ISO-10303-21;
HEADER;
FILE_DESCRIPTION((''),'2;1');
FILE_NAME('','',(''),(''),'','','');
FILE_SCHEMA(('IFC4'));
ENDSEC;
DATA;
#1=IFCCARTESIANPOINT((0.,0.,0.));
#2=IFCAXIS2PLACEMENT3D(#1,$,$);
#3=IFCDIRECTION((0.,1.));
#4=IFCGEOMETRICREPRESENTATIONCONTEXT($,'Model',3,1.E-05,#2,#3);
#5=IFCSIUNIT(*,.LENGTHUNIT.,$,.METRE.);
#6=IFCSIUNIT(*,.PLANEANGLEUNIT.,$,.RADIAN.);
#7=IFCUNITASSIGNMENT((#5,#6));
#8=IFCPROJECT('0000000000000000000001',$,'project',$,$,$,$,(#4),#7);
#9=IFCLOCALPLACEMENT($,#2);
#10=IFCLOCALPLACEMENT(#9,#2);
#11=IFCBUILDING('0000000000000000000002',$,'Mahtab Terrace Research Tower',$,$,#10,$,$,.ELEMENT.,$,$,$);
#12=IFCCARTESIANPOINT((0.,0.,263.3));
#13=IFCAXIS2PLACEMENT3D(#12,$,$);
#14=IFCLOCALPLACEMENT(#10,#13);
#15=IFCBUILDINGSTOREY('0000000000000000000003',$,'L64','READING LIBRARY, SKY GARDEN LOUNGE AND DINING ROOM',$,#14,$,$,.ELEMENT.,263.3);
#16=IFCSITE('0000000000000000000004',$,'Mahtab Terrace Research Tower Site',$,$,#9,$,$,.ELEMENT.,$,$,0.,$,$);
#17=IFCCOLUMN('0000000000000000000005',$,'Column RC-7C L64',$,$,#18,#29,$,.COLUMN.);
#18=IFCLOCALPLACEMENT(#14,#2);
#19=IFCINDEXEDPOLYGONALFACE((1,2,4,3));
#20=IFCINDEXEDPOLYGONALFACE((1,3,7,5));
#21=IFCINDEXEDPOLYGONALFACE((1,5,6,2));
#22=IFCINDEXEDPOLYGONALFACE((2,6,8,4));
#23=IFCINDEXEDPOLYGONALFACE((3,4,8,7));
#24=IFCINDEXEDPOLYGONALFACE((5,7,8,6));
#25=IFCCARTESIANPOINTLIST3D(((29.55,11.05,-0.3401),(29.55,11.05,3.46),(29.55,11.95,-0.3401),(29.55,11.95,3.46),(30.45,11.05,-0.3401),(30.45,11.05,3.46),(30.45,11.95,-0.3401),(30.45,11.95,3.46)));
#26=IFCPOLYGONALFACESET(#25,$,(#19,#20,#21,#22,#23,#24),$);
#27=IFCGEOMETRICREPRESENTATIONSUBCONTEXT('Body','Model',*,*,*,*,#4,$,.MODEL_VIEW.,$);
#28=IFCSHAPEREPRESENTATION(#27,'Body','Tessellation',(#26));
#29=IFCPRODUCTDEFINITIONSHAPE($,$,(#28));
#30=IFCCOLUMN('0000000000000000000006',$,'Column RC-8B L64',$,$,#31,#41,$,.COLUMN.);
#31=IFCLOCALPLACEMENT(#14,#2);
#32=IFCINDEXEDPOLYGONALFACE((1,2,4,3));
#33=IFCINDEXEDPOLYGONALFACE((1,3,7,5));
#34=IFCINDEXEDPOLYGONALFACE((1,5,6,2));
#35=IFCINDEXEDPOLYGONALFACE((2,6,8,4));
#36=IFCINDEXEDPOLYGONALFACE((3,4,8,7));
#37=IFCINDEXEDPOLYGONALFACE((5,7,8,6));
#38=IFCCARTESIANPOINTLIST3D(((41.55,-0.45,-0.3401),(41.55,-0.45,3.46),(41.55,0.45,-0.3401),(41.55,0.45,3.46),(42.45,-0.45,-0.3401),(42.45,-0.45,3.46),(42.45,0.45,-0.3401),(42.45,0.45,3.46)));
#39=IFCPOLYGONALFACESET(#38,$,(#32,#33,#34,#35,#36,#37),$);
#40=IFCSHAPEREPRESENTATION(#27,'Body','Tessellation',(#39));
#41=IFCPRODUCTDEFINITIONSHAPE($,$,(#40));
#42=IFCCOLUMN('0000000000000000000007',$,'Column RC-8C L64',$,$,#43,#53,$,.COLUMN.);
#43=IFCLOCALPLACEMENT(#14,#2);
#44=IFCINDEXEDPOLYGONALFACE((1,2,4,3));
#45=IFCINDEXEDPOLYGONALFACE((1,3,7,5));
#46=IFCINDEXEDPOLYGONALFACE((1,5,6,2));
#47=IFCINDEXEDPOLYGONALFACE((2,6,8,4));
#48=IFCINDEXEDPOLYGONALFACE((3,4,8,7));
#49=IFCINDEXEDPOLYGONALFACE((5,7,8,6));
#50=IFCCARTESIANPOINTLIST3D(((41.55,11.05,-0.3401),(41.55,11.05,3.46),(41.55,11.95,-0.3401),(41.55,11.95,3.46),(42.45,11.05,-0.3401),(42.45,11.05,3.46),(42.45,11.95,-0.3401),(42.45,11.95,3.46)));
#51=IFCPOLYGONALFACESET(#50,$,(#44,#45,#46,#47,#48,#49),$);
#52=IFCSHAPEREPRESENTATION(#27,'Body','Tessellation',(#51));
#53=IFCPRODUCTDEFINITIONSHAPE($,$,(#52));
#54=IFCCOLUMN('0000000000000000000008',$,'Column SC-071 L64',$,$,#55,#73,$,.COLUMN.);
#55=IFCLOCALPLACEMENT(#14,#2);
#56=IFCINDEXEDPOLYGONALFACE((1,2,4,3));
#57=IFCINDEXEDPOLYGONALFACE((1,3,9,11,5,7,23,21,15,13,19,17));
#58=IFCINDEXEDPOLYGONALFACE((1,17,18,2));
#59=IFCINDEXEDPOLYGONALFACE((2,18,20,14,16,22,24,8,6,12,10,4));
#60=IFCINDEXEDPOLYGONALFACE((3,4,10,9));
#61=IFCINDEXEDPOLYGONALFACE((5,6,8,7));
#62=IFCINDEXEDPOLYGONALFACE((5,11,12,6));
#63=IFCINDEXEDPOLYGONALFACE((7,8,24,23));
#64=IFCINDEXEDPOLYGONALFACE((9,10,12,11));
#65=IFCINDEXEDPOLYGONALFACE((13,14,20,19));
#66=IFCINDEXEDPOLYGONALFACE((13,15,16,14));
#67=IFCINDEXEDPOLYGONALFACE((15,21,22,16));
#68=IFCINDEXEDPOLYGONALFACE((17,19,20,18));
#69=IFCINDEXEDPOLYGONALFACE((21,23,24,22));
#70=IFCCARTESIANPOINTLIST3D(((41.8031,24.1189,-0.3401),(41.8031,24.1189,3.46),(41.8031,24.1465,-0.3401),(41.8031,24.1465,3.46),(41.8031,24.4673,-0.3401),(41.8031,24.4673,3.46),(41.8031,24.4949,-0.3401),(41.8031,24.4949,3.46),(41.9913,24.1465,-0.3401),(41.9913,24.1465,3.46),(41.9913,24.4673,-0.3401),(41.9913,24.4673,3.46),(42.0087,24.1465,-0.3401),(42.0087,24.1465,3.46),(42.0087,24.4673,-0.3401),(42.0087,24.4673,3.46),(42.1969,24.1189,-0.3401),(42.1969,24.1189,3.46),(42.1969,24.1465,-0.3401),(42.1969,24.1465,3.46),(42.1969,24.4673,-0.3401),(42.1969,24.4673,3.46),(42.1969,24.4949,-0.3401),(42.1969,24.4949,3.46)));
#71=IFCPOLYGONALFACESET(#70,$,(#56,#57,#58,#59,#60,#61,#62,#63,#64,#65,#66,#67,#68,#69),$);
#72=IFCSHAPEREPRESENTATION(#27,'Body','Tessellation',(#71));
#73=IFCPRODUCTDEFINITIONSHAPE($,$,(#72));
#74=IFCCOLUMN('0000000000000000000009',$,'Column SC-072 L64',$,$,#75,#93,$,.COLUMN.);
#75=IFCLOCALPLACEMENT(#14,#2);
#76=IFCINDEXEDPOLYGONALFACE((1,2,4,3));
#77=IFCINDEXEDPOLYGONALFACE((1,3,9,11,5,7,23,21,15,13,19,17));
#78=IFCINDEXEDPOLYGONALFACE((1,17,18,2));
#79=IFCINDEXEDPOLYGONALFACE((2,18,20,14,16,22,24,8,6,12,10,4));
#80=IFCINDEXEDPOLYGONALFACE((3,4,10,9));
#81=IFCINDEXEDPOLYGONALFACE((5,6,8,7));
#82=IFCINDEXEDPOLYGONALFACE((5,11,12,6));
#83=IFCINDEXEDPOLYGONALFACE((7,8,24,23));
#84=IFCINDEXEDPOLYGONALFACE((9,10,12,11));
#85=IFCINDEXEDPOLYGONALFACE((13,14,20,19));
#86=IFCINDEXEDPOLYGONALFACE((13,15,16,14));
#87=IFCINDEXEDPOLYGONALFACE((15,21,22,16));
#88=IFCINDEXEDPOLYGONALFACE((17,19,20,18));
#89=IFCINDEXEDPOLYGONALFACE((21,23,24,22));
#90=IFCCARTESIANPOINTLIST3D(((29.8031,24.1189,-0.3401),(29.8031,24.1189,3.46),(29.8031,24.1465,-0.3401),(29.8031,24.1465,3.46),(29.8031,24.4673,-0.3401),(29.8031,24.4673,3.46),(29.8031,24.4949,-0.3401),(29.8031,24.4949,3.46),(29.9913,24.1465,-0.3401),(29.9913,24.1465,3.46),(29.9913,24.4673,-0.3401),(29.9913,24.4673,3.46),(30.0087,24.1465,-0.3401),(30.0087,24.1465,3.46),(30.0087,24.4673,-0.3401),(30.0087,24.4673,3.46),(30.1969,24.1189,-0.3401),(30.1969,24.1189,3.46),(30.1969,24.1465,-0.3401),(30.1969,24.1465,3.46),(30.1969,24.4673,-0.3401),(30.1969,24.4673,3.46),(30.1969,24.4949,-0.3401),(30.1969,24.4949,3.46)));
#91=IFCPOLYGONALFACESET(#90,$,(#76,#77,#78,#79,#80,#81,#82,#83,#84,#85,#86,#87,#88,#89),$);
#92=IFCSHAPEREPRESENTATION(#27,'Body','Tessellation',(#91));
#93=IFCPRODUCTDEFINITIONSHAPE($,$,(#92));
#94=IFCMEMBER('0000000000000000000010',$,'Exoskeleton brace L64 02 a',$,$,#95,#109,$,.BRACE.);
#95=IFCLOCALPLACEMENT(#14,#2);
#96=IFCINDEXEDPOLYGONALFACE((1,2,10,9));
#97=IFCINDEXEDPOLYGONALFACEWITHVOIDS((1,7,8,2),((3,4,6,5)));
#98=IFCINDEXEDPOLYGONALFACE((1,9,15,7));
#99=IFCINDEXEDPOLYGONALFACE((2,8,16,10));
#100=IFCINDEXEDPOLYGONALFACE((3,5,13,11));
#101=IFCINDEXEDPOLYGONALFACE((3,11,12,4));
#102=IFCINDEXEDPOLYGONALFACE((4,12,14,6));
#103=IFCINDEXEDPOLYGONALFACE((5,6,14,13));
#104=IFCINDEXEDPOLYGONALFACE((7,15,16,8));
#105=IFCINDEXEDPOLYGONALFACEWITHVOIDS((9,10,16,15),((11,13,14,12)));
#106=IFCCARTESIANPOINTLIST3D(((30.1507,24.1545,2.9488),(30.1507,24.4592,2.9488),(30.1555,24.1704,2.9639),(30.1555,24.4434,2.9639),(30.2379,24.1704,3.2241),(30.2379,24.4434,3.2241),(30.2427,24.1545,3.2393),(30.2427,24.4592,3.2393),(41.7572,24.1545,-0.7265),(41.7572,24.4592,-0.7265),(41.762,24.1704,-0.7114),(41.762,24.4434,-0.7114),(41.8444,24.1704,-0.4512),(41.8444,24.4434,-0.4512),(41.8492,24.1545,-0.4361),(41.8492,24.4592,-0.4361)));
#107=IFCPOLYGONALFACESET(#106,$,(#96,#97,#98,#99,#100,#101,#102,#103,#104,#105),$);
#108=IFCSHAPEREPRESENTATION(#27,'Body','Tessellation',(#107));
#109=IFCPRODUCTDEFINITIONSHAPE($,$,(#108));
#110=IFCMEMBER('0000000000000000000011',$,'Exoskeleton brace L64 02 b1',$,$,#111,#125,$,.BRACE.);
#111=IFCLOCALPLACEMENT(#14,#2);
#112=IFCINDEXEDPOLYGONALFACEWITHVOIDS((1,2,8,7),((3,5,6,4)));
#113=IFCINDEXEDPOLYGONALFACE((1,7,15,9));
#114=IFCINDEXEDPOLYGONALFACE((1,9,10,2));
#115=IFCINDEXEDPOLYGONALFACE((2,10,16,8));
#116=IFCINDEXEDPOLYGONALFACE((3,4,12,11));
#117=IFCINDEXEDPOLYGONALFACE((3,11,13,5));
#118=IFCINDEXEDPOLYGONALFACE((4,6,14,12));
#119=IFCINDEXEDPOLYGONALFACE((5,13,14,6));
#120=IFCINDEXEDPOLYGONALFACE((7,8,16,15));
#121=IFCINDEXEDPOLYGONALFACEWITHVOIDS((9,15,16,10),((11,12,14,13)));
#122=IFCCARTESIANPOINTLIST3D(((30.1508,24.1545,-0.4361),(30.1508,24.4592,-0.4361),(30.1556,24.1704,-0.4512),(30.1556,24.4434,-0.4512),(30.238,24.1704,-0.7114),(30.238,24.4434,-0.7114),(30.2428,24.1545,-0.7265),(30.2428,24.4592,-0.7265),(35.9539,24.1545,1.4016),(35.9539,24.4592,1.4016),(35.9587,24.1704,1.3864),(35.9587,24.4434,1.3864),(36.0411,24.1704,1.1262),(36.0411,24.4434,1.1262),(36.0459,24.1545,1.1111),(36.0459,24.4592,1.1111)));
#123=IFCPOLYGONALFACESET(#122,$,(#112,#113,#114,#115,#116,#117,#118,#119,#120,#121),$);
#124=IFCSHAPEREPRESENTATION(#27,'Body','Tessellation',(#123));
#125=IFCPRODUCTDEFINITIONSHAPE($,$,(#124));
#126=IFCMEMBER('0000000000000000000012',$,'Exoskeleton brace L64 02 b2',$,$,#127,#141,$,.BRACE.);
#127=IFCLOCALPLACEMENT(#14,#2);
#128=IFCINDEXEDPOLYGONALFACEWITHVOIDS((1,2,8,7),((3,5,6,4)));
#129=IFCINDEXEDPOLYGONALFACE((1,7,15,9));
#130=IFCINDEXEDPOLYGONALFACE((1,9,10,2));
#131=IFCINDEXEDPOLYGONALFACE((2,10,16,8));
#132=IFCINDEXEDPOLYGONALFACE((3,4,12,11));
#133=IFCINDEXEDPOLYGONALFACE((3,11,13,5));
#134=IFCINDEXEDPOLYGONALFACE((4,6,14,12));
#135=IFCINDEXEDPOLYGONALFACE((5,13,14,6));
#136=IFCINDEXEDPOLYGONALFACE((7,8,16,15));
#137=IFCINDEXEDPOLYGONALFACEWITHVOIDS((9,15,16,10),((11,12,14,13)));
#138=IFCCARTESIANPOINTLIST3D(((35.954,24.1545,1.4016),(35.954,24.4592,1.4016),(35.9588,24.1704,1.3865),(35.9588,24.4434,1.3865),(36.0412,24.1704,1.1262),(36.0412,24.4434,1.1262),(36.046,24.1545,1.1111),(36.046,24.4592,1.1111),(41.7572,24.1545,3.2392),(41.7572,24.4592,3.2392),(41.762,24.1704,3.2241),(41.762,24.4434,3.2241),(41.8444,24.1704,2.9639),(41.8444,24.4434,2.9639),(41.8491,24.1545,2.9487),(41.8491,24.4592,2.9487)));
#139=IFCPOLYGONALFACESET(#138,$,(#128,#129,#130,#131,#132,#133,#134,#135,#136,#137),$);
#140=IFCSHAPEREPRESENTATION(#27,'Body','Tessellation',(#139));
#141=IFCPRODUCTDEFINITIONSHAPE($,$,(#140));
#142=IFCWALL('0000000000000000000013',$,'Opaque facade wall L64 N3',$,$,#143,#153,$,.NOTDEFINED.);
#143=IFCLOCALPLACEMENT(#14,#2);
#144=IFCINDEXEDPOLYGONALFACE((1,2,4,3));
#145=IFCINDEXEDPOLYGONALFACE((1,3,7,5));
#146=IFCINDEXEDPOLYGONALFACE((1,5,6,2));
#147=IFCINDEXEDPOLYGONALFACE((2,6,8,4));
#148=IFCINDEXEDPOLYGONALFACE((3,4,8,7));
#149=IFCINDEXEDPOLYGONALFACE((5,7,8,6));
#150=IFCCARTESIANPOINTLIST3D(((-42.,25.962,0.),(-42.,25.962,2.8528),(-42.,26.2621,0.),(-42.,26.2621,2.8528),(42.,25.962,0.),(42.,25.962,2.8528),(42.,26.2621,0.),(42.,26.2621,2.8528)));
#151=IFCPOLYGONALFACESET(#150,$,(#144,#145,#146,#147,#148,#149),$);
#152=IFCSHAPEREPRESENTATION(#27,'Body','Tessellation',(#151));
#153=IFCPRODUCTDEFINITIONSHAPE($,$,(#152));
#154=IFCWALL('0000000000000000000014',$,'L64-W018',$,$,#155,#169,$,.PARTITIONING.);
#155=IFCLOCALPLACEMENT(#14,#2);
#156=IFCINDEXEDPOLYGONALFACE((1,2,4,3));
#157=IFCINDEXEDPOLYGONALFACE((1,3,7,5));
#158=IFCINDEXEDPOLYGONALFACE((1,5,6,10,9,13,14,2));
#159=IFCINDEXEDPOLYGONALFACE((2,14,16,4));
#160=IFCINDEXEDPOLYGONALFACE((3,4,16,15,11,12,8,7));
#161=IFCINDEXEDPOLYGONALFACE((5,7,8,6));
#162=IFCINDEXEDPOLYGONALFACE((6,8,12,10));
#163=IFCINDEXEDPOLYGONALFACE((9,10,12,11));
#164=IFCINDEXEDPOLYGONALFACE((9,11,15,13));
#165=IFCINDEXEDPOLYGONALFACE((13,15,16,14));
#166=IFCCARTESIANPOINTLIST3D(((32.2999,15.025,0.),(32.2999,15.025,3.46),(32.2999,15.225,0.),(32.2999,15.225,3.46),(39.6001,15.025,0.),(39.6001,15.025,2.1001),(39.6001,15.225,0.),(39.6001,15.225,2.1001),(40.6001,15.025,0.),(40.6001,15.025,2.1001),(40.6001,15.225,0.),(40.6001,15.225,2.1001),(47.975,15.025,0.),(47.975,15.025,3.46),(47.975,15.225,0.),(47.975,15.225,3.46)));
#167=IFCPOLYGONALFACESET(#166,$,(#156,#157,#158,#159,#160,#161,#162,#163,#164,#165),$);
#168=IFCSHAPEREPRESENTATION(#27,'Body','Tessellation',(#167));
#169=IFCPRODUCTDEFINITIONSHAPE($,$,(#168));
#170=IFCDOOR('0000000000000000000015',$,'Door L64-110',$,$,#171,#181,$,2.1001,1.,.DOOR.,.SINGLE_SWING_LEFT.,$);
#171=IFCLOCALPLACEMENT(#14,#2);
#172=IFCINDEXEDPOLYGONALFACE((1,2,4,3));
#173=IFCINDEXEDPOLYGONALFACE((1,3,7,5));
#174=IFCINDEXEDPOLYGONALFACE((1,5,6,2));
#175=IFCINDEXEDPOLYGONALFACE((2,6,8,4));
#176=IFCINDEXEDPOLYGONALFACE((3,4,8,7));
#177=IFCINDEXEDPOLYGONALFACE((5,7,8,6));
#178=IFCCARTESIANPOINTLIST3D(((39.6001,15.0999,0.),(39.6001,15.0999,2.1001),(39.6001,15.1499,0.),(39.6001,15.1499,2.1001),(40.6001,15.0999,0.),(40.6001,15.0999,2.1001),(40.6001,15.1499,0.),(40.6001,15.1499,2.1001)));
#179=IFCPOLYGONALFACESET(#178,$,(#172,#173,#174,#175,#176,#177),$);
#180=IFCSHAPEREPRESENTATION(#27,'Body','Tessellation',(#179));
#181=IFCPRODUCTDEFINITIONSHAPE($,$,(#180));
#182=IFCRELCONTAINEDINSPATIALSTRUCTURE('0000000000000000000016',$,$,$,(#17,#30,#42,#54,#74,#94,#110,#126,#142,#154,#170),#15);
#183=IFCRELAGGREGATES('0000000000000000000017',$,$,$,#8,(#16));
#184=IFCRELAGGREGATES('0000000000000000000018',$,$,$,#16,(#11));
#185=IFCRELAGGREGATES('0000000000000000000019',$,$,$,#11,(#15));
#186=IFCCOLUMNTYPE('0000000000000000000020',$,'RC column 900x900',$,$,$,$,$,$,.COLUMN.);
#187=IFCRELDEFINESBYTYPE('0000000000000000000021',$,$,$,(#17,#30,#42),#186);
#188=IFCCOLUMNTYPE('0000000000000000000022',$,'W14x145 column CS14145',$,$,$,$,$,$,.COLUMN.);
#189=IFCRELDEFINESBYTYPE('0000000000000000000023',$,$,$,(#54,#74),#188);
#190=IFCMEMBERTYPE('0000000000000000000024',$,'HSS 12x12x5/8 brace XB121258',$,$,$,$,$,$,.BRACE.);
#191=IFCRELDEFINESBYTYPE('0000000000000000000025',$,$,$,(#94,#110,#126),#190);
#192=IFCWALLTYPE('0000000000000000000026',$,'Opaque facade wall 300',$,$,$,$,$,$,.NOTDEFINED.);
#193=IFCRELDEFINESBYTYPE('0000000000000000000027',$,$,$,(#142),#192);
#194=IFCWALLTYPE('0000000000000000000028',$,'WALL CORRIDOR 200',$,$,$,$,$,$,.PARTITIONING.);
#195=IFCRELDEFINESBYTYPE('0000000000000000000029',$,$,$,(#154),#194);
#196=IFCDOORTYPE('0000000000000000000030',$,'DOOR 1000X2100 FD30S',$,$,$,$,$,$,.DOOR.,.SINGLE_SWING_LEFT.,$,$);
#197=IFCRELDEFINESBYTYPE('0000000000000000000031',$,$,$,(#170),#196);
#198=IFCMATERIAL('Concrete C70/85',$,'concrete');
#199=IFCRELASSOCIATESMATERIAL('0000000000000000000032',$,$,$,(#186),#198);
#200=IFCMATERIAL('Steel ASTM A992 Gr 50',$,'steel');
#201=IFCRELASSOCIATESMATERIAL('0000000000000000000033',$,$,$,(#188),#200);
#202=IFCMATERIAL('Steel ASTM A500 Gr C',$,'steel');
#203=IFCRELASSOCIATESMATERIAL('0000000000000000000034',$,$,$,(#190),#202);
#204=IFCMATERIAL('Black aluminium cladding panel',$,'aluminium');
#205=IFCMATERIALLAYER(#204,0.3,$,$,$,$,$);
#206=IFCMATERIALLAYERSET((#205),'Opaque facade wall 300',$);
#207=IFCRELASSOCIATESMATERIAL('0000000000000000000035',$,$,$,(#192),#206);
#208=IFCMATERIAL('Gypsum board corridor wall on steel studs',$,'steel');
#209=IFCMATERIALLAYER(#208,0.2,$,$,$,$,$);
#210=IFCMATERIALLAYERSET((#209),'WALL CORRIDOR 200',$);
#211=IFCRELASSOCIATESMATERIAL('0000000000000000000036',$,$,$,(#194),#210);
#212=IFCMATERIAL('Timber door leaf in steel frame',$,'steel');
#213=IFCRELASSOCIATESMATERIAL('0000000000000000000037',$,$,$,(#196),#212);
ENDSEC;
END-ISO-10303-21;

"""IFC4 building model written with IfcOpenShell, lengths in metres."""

from ifc_helpers import new_model, si_unit, direction, frame, frame_2d, origin, origin_2d, place, context, subcontext, project, spatial, rectangle, hollow_rectangle, i_section, extrude, material, layer, layer_set, material_profile, profile_set, type_object, element, fill, save


model = new_model("IFC4")

# Units and contexts
model_context = context("Model", 3, precision=1e-05, world=origin(), true_north=direction((0.0, 1.0)))
body_context = subcontext(model_context, "Body", "Model", "MODEL_VIEW")
ifc_project = project(units=[si_unit("LENGTHUNIT", "METRE"), si_unit("PLANEANGLEUNIT", "RADIAN")], contexts=[model_context])

# Site, building, storey
site_placement = place(None, origin())
site = spatial("IfcSite", under=ifc_project, at=site_placement, Name="Mahtab Terrace Research Tower Site", CompositionType="ELEMENT", RefElevation=0.0)
building_placement = place(site_placement, origin())
building = spatial("IfcBuilding", under=site, at=building_placement, Name="Mahtab Terrace Research Tower", CompositionType="ELEMENT")
storey_placement = place(building_placement, frame((0.0, 0.0, 263.3)))
storey = spatial("IfcBuildingStorey", under=building, at=storey_placement, Name="L64", Description="READING LIBRARY, SKY GARDEN LOUNGE AND DINING ROOM", CompositionType="ELEMENT", Elevation=263.3)

# Columns
ifc_material_1 = material(Name="Concrete C70/85", Category="concrete")
ifc_material_profile_1 = material_profile(ifc_material_1, rectangle(XDim=0.8999, YDim=0.8999, at=origin_2d()), Name="RC column 900x900")
ifc_profile_set_1 = profile_set([ifc_material_profile_1], Name="Concrete C70/85")
column_type_1 = type_object("IfcColumnType", Name="RC column 900x900", PredefinedType="COLUMN", material=ifc_profile_set_1)
for number, where, z_axis, x_axis, name in (
    (1, (30.0, 11.5, -0.3401), (0.0, 0.0, 1.0), (1.0, 0.0, 0.0), "Column RC-7C L64"),
    (2, (42.0, 0.0, -0.3401), (0.0, 0.0, 1.0), (1.0, 0.0, 0.0), "Column RC-8B L64"),
    (3, (42.0, 11.5, -0.3401), (0.0, 0.0, 1.0), (1.0, 0.0, 0.0), "Column RC-8C L64"),
):
    element("IfcColumn", number, at=place(storey_placement, frame(where, z_axis=z_axis, x_axis=x_axis)), inside=storey, type_object=column_type_1, Name=name, PredefinedType="COLUMN", context=body_context, shape_type="SweptSolid", body=[
        extrude(rectangle(XDim=0.8999, YDim=0.8999, at=origin_2d()), origin(), (0.0, 0.0, 1.0), 3.8),
    ])
ifc_material_2 = material(Name="Steel ASTM A992 Gr 50", Category="steel")
ifc_material_profile_2 = material_profile(ifc_material_2, i_section(OverallWidth=0.3938, OverallDepth=0.376, WebThickness=0.0173, FlangeThickness=0.0276, at=origin_2d()), Name="W14X145")
ifc_profile_set_2 = profile_set([ifc_material_profile_2], Name="Steel ASTM A992 Gr 50")
column_type_2 = type_object("IfcColumnType", Name="W14x145 column CS14145", PredefinedType="COLUMN", material=ifc_profile_set_2)
for number, where, z_axis, x_axis, name in (
    (4, (42.0, 24.3069, -0.3401), (0.0, 0.0, 1.0), (1.0, 0.0, 0.0), "Column SC-071 L64"),
    (5, (30.0, 24.3069, -0.3401), (0.0, 0.0, 1.0), (1.0, 0.0, 0.0), "Column SC-072 L64"),
):
    element("IfcColumn", number, at=place(storey_placement, frame(where, z_axis=z_axis, x_axis=x_axis)), inside=storey, type_object=column_type_2, Name=name, PredefinedType="COLUMN", context=body_context, shape_type="SweptSolid", body=[
        extrude(i_section(OverallWidth=0.3938, OverallDepth=0.376, WebThickness=0.0173, FlangeThickness=0.0276, at=origin_2d()), origin(), (0.0, 0.0, 1.0), 3.8),
    ])

# Members
ifc_material_3 = material(Name="Steel ASTM A500 Gr C", Category="steel")
ifc_material_profile_3 = material_profile(ifc_material_3, hollow_rectangle(XDim=0.3047, YDim=0.3047, WallThickness=0.0159, at=origin_2d()), Name="HSS12X12X5/8")
ifc_profile_set_3 = profile_set([ifc_material_profile_3], Name="Steel ASTM A500 Gr C")
member_type = type_object("IfcMemberType", Name="HSS 12x12x5/8 brace XB121258", PredefinedType="BRACE", material=ifc_profile_set_3)
member_placement = place(storey_placement, frame((41.8032, 24.3069, -0.5813), z_axis=(-0.953344, 0.0, 0.301886), x_axis=(0.0, -1.0, 0.0)))
element("IfcMember", 6, at=member_placement, inside=storey, type_object=member_type, Name="Exoskeleton brace L64 02 a", PredefinedType="BRACE", context=body_context, shape_type="SweptSolid", body=[
    extrude(hollow_rectangle(XDim=0.3047, YDim=0.3047, WallThickness=0.0159, at=origin_2d()), origin(), (0.0, 0.0, 1.0), 12.1746),
])
for number, where, z_axis, x_axis, name in (
    (7, (30.1968, 24.3069, -0.5813), (0.953344, 0.0, 0.301886), (0.0, 1.0, 0.0), "Exoskeleton brace L64 02 b1"),
    (8, (36.0, 24.3069, 1.2563), (0.953344, 0.0, 0.301886), (0.0, 1.0, 0.0), "Exoskeleton brace L64 02 b2"),
):
    element("IfcMember", number, at=place(storey_placement, frame(where, z_axis=z_axis, x_axis=x_axis)), inside=storey, type_object=member_type, Name=name, PredefinedType="BRACE", context=body_context, shape_type="SweptSolid", body=[
        extrude(hollow_rectangle(XDim=0.3047, YDim=0.3047, WallThickness=0.0159, at=origin_2d()), origin(), (0.0, 0.0, 1.0), 6.0872),
    ])

# Wall
ifc_material_4 = material(Name="Black aluminium cladding panel", Category="aluminium")
ifc_layer_1 = layer(ifc_material_4, 0.3)
ifc_layer_set_1 = layer_set([ifc_layer_1], Name="Opaque facade wall 300")
wall_type_1 = type_object("IfcWallType", Name="Opaque facade wall 300", PredefinedType="NOTDEFINED", material=ifc_layer_set_1)
wall_1_placement = place(storey_placement, frame((42.0, 26.1121, 0.0), z_axis=(0.0, 0.0, 1.0), x_axis=(-1.0, 0.0, 0.0)))
element("IfcWall", 9, at=wall_1_placement, inside=storey, type_object=wall_type_1, Name="Opaque facade wall L64 N3", PredefinedType="NOTDEFINED", context=body_context, shape_type="SweptSolid", body=[
    extrude(rectangle(XDim=84.0, YDim=0.3, at=frame_2d((42.0, 0.0))), origin(), (0.0, 0.0, 1.0), 2.8528),
])

# Wall, opening, door
ifc_material_5 = material(Name="Gypsum board corridor wall on steel studs", Category="steel")
ifc_layer_2 = layer(ifc_material_5, 0.2)
ifc_layer_set_2 = layer_set([ifc_layer_2], Name="WALL CORRIDOR 200")
wall_type_2 = type_object("IfcWallType", Name="WALL CORRIDOR 200", PredefinedType="PARTITIONING", material=ifc_layer_set_2)
wall_2_placement = place(storey_placement, frame((32.3, 15.125, 0.0), z_axis=(0.0, 0.0, 1.0), x_axis=(1.0, 0.0, 0.0)))
wall_2 = element("IfcWall", 10, at=wall_2_placement, inside=storey, type_object=wall_type_2, Name="L64-W018", PredefinedType="PARTITIONING", context=body_context, shape_type="SweptSolid", body=[
    extrude(rectangle(XDim=15.675, YDim=0.2, at=frame_2d((7.8374, 0.0))), origin(), (0.0, 0.0, 1.0), 3.46),
])
opening_placement = place(wall_2_placement, frame((7.3, 0.0, 0.0)))
opening = element("IfcOpeningElement", 11, at=opening_placement, cuts=wall_2, PredefinedType="OPENING", context=body_context, shape_type="SweptSolid", body=[
    extrude(rectangle(XDim=1.0, YDim=2.1001, at=frame_2d((0.5, 1.05))), frame((0.0, 0.1099, 0.0), z_axis=(0.0, -1.0, 0.0), x_axis=(1.0, 0.0, 0.0)), (0.0, 0.0, 1.0), 0.22),
])
ifc_material_6 = material(Name="Timber door leaf in steel frame", Category="steel")
door_type = type_object("IfcDoorType", Name="DOOR 1000X2100 FD30S", OperationType="SINGLE_SWING_LEFT", PredefinedType="DOOR", material=ifc_material_6)
door_placement = place(opening_placement, origin())
door = element("IfcDoor", 12, at=door_placement, inside=storey, type_object=door_type, Name="Door L64-110", OperationType="SINGLE_SWING_LEFT", OverallHeight=2.1001, OverallWidth=1.0, PredefinedType="DOOR", context=body_context, shape_type="SweptSolid", body=[
    extrude(rectangle(XDim=1.0, YDim=2.1001, at=frame_2d((0.5, 1.05))), frame((0.0, 0.0249, 0.0), z_axis=(0.0, -1.0, 0.0), x_axis=(1.0, 0.0, 0.0)), (0.0, 0.0, 1.0), 0.05),
])
fill(opening, door)

save(model, "model.ifc")
